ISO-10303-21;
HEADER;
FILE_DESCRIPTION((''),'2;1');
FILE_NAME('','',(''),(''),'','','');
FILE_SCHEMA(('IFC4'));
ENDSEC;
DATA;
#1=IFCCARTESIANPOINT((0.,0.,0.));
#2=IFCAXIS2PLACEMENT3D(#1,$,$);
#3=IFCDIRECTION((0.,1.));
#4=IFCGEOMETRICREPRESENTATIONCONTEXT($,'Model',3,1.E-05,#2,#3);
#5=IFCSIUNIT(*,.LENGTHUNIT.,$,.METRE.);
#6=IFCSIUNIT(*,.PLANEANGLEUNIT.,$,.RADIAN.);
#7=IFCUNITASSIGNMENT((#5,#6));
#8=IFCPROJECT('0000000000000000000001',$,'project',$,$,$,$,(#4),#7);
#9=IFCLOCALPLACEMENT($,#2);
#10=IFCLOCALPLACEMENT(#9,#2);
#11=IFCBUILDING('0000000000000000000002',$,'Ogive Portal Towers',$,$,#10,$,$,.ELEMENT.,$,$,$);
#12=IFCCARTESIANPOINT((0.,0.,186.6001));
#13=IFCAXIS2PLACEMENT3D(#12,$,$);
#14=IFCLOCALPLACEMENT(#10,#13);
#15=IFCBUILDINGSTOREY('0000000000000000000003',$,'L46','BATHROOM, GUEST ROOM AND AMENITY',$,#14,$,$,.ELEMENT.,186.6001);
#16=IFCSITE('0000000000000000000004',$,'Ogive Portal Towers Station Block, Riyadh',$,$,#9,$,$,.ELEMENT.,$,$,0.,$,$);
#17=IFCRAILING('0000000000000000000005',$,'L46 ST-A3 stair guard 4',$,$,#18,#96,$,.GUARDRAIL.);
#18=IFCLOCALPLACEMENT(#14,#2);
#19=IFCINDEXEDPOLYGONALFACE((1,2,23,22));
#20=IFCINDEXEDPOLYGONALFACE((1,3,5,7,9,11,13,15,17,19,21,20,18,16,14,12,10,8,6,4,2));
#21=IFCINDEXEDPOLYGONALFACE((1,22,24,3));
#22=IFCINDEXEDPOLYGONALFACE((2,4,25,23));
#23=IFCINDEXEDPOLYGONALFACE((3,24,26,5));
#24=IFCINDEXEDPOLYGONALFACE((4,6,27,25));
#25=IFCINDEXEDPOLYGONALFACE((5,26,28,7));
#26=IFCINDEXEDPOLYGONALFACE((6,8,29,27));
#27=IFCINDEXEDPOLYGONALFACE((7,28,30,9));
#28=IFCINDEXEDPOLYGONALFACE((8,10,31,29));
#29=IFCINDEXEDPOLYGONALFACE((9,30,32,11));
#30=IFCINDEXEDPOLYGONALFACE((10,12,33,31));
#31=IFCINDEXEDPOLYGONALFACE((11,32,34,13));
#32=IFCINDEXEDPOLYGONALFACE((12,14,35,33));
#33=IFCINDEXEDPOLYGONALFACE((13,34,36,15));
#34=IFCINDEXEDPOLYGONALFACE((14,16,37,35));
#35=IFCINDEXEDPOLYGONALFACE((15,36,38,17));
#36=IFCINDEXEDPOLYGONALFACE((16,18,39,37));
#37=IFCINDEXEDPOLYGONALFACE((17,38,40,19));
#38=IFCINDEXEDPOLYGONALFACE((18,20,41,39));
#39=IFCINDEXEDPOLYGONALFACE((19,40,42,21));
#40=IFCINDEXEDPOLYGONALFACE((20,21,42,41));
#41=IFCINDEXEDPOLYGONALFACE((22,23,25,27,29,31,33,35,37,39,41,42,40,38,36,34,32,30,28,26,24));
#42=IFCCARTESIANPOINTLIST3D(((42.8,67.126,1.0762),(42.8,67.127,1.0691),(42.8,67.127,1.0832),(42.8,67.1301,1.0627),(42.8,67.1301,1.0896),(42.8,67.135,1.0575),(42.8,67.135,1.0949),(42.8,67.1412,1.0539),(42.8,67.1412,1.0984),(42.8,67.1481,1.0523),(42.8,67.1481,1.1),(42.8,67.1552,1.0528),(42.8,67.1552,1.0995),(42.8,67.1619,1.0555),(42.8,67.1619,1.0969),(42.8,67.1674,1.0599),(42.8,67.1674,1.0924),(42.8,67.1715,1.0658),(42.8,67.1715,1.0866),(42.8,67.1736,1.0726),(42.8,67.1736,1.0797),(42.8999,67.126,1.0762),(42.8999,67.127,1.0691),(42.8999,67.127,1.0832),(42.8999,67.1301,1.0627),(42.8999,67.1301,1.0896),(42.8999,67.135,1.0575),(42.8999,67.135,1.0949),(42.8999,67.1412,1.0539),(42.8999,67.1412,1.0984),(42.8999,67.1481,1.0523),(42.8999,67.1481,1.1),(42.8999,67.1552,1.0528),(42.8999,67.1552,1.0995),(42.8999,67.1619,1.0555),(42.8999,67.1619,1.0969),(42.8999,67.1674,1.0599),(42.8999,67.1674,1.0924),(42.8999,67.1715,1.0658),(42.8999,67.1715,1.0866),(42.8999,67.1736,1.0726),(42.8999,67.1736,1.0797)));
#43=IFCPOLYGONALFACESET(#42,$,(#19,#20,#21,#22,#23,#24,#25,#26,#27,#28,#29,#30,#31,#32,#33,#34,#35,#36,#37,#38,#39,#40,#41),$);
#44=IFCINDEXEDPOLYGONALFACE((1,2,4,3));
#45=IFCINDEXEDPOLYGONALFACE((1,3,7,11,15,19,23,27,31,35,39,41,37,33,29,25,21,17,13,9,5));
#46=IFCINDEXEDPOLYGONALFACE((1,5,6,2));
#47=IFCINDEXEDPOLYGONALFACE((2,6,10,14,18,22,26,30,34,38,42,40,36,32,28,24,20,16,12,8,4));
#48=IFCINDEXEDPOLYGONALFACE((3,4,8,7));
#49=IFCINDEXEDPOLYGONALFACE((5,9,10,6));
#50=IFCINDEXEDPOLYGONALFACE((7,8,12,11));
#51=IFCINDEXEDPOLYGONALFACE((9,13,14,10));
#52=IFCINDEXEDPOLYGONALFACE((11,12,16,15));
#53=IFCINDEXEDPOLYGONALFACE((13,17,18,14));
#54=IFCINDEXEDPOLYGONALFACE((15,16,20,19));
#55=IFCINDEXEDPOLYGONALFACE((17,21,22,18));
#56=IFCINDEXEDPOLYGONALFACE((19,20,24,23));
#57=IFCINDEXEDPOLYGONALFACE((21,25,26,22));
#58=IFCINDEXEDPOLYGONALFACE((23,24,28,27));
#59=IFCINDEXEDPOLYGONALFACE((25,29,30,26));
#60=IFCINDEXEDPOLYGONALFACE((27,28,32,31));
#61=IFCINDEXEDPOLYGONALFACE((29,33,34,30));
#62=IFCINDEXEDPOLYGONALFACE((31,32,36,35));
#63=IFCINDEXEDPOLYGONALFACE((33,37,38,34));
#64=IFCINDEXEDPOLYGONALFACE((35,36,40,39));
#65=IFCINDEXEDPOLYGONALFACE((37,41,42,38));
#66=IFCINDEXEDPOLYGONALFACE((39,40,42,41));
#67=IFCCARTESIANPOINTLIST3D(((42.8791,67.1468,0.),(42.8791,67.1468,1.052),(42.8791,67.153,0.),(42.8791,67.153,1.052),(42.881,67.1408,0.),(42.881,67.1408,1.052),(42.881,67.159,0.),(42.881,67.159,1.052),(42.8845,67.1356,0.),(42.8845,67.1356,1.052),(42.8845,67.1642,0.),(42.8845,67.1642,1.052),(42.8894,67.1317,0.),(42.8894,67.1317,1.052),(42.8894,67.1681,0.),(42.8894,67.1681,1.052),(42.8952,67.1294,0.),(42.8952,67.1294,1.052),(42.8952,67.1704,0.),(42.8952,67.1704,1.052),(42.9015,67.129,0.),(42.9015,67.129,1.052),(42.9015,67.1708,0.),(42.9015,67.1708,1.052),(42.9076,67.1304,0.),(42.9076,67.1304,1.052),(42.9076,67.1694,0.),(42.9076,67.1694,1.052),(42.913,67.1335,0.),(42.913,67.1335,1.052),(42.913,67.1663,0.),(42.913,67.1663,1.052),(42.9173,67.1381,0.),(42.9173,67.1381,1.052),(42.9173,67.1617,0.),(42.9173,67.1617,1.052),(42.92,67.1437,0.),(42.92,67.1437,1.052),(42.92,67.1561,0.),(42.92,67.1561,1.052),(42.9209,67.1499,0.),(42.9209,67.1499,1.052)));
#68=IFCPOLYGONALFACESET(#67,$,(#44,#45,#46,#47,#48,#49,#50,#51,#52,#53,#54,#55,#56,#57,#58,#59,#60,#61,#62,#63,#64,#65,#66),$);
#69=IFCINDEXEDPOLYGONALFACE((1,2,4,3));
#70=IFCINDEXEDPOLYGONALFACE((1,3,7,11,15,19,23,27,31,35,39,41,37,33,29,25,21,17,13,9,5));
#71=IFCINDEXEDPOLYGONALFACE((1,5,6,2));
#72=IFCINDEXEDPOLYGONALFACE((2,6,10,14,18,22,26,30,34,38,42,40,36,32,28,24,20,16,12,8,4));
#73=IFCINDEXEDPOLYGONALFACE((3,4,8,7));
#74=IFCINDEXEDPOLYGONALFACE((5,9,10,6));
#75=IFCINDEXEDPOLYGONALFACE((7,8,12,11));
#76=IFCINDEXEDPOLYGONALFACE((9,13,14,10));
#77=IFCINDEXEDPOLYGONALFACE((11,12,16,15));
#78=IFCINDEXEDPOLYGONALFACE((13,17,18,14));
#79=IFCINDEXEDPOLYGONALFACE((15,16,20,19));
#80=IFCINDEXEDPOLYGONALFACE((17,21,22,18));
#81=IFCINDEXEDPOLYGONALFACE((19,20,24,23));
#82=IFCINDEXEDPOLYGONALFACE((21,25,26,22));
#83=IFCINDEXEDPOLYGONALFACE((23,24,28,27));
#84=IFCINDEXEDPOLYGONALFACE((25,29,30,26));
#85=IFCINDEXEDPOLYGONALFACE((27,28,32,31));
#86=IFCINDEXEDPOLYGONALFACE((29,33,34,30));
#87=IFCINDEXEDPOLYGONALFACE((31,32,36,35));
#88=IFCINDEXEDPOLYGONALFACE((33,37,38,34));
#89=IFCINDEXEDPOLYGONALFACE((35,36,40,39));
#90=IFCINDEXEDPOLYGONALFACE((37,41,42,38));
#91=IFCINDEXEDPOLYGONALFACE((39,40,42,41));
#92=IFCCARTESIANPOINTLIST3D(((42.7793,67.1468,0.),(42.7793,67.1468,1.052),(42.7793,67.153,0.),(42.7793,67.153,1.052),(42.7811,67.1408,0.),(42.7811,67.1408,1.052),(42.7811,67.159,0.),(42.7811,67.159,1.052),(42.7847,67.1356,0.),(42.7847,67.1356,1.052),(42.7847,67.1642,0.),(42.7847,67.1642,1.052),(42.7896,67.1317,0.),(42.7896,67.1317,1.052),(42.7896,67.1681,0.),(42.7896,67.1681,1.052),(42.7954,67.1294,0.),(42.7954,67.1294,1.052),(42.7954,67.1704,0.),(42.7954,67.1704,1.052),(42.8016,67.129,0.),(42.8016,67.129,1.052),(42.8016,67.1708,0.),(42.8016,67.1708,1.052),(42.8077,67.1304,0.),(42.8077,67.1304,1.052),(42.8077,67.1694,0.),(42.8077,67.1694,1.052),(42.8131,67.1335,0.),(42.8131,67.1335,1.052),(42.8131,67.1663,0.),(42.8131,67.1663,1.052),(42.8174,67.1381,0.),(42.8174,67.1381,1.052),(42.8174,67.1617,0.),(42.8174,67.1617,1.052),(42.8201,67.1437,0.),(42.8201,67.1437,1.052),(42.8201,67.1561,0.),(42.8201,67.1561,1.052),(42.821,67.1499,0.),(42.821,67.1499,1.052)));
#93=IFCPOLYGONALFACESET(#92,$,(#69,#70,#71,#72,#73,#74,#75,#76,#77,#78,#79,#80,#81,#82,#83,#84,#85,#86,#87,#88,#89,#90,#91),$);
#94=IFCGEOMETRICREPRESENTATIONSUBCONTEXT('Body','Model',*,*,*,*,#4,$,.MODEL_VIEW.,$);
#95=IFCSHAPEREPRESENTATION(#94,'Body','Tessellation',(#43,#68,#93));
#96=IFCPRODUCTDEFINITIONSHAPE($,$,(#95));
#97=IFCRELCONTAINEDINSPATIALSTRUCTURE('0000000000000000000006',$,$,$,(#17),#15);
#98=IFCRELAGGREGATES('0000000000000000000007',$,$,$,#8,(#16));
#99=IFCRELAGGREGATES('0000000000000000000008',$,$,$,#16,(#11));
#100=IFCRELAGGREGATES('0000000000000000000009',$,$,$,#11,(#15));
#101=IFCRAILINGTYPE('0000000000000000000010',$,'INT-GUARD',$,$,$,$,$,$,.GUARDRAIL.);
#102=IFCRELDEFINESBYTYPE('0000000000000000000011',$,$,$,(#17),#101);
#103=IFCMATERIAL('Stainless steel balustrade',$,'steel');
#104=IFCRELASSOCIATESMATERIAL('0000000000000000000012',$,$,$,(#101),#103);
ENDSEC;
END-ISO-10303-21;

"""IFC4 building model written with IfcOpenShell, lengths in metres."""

from ifc_helpers import new_model, si_unit, direction, frame, origin, origin_2d, place, context, subcontext, project, spatial, circle, extrude, material, type_object, element, save


model = new_model("IFC4")

# Units and contexts
model_context = context("Model", 3, precision=1e-05, world=origin(), true_north=direction((0.0, 1.0)))
body_context = subcontext(model_context, "Body", "Model", "MODEL_VIEW")
ifc_project = project(units=[si_unit("LENGTHUNIT", "METRE"), si_unit("PLANEANGLEUNIT", "RADIAN")], contexts=[model_context])

# Site, building, storey
site_placement = place(None, origin())
site = spatial("IfcSite", under=ifc_project, at=site_placement, Name="Ogive Portal Towers Station Block, Riyadh", CompositionType="ELEMENT", RefElevation=0.0)
building_placement = place(site_placement, origin())
building = spatial("IfcBuilding", under=site, at=building_placement, Name="Ogive Portal Towers", CompositionType="ELEMENT")
storey_placement = place(building_placement, frame((0.0, 0.0, 186.6001)))
storey = spatial("IfcBuildingStorey", under=building, at=storey_placement, Name="L46", Description="BATHROOM, GUEST ROOM AND AMENITY", CompositionType="ELEMENT", Elevation=186.6001)

# Railing
ifc_material_1 = material(Name="Stainless steel balustrade", Category="steel")
railing_type_1 = type_object("IfcRailingType", Name="INT-GUARD", PredefinedType="GUARDRAIL", material=ifc_material_1)
railing_1_placement = place(storey_placement, frame((42.8999, 67.1499, 0.0)))
element("IfcRailing", 1, at=railing_1_placement, inside=storey, type_object=railing_type_1, Name="L46 ST-A3 stair guard 4", PredefinedType="GUARDRAIL", context=body_context, shape_type="SweptSolid", body=[
    extrude(circle(Radius=0.0239, at=origin_2d()), frame((0.0, 0.0, 1.0762), z_axis=(-1.0, 0.0, 0.0), x_axis=(0.0, -1.0, 0.0)), (0.0, 0.0, 1.0), 0.0999),
    extrude(circle(Radius=0.021, at=origin_2d()), origin(), (0.0, 0.0, 1.0), 1.052),
    extrude(circle(Radius=0.021, at=origin_2d()), frame((-0.0999, 0.0, 0.0)), (0.0, 0.0, 1.0), 1.052),
])

save(model, "model.ifc")
